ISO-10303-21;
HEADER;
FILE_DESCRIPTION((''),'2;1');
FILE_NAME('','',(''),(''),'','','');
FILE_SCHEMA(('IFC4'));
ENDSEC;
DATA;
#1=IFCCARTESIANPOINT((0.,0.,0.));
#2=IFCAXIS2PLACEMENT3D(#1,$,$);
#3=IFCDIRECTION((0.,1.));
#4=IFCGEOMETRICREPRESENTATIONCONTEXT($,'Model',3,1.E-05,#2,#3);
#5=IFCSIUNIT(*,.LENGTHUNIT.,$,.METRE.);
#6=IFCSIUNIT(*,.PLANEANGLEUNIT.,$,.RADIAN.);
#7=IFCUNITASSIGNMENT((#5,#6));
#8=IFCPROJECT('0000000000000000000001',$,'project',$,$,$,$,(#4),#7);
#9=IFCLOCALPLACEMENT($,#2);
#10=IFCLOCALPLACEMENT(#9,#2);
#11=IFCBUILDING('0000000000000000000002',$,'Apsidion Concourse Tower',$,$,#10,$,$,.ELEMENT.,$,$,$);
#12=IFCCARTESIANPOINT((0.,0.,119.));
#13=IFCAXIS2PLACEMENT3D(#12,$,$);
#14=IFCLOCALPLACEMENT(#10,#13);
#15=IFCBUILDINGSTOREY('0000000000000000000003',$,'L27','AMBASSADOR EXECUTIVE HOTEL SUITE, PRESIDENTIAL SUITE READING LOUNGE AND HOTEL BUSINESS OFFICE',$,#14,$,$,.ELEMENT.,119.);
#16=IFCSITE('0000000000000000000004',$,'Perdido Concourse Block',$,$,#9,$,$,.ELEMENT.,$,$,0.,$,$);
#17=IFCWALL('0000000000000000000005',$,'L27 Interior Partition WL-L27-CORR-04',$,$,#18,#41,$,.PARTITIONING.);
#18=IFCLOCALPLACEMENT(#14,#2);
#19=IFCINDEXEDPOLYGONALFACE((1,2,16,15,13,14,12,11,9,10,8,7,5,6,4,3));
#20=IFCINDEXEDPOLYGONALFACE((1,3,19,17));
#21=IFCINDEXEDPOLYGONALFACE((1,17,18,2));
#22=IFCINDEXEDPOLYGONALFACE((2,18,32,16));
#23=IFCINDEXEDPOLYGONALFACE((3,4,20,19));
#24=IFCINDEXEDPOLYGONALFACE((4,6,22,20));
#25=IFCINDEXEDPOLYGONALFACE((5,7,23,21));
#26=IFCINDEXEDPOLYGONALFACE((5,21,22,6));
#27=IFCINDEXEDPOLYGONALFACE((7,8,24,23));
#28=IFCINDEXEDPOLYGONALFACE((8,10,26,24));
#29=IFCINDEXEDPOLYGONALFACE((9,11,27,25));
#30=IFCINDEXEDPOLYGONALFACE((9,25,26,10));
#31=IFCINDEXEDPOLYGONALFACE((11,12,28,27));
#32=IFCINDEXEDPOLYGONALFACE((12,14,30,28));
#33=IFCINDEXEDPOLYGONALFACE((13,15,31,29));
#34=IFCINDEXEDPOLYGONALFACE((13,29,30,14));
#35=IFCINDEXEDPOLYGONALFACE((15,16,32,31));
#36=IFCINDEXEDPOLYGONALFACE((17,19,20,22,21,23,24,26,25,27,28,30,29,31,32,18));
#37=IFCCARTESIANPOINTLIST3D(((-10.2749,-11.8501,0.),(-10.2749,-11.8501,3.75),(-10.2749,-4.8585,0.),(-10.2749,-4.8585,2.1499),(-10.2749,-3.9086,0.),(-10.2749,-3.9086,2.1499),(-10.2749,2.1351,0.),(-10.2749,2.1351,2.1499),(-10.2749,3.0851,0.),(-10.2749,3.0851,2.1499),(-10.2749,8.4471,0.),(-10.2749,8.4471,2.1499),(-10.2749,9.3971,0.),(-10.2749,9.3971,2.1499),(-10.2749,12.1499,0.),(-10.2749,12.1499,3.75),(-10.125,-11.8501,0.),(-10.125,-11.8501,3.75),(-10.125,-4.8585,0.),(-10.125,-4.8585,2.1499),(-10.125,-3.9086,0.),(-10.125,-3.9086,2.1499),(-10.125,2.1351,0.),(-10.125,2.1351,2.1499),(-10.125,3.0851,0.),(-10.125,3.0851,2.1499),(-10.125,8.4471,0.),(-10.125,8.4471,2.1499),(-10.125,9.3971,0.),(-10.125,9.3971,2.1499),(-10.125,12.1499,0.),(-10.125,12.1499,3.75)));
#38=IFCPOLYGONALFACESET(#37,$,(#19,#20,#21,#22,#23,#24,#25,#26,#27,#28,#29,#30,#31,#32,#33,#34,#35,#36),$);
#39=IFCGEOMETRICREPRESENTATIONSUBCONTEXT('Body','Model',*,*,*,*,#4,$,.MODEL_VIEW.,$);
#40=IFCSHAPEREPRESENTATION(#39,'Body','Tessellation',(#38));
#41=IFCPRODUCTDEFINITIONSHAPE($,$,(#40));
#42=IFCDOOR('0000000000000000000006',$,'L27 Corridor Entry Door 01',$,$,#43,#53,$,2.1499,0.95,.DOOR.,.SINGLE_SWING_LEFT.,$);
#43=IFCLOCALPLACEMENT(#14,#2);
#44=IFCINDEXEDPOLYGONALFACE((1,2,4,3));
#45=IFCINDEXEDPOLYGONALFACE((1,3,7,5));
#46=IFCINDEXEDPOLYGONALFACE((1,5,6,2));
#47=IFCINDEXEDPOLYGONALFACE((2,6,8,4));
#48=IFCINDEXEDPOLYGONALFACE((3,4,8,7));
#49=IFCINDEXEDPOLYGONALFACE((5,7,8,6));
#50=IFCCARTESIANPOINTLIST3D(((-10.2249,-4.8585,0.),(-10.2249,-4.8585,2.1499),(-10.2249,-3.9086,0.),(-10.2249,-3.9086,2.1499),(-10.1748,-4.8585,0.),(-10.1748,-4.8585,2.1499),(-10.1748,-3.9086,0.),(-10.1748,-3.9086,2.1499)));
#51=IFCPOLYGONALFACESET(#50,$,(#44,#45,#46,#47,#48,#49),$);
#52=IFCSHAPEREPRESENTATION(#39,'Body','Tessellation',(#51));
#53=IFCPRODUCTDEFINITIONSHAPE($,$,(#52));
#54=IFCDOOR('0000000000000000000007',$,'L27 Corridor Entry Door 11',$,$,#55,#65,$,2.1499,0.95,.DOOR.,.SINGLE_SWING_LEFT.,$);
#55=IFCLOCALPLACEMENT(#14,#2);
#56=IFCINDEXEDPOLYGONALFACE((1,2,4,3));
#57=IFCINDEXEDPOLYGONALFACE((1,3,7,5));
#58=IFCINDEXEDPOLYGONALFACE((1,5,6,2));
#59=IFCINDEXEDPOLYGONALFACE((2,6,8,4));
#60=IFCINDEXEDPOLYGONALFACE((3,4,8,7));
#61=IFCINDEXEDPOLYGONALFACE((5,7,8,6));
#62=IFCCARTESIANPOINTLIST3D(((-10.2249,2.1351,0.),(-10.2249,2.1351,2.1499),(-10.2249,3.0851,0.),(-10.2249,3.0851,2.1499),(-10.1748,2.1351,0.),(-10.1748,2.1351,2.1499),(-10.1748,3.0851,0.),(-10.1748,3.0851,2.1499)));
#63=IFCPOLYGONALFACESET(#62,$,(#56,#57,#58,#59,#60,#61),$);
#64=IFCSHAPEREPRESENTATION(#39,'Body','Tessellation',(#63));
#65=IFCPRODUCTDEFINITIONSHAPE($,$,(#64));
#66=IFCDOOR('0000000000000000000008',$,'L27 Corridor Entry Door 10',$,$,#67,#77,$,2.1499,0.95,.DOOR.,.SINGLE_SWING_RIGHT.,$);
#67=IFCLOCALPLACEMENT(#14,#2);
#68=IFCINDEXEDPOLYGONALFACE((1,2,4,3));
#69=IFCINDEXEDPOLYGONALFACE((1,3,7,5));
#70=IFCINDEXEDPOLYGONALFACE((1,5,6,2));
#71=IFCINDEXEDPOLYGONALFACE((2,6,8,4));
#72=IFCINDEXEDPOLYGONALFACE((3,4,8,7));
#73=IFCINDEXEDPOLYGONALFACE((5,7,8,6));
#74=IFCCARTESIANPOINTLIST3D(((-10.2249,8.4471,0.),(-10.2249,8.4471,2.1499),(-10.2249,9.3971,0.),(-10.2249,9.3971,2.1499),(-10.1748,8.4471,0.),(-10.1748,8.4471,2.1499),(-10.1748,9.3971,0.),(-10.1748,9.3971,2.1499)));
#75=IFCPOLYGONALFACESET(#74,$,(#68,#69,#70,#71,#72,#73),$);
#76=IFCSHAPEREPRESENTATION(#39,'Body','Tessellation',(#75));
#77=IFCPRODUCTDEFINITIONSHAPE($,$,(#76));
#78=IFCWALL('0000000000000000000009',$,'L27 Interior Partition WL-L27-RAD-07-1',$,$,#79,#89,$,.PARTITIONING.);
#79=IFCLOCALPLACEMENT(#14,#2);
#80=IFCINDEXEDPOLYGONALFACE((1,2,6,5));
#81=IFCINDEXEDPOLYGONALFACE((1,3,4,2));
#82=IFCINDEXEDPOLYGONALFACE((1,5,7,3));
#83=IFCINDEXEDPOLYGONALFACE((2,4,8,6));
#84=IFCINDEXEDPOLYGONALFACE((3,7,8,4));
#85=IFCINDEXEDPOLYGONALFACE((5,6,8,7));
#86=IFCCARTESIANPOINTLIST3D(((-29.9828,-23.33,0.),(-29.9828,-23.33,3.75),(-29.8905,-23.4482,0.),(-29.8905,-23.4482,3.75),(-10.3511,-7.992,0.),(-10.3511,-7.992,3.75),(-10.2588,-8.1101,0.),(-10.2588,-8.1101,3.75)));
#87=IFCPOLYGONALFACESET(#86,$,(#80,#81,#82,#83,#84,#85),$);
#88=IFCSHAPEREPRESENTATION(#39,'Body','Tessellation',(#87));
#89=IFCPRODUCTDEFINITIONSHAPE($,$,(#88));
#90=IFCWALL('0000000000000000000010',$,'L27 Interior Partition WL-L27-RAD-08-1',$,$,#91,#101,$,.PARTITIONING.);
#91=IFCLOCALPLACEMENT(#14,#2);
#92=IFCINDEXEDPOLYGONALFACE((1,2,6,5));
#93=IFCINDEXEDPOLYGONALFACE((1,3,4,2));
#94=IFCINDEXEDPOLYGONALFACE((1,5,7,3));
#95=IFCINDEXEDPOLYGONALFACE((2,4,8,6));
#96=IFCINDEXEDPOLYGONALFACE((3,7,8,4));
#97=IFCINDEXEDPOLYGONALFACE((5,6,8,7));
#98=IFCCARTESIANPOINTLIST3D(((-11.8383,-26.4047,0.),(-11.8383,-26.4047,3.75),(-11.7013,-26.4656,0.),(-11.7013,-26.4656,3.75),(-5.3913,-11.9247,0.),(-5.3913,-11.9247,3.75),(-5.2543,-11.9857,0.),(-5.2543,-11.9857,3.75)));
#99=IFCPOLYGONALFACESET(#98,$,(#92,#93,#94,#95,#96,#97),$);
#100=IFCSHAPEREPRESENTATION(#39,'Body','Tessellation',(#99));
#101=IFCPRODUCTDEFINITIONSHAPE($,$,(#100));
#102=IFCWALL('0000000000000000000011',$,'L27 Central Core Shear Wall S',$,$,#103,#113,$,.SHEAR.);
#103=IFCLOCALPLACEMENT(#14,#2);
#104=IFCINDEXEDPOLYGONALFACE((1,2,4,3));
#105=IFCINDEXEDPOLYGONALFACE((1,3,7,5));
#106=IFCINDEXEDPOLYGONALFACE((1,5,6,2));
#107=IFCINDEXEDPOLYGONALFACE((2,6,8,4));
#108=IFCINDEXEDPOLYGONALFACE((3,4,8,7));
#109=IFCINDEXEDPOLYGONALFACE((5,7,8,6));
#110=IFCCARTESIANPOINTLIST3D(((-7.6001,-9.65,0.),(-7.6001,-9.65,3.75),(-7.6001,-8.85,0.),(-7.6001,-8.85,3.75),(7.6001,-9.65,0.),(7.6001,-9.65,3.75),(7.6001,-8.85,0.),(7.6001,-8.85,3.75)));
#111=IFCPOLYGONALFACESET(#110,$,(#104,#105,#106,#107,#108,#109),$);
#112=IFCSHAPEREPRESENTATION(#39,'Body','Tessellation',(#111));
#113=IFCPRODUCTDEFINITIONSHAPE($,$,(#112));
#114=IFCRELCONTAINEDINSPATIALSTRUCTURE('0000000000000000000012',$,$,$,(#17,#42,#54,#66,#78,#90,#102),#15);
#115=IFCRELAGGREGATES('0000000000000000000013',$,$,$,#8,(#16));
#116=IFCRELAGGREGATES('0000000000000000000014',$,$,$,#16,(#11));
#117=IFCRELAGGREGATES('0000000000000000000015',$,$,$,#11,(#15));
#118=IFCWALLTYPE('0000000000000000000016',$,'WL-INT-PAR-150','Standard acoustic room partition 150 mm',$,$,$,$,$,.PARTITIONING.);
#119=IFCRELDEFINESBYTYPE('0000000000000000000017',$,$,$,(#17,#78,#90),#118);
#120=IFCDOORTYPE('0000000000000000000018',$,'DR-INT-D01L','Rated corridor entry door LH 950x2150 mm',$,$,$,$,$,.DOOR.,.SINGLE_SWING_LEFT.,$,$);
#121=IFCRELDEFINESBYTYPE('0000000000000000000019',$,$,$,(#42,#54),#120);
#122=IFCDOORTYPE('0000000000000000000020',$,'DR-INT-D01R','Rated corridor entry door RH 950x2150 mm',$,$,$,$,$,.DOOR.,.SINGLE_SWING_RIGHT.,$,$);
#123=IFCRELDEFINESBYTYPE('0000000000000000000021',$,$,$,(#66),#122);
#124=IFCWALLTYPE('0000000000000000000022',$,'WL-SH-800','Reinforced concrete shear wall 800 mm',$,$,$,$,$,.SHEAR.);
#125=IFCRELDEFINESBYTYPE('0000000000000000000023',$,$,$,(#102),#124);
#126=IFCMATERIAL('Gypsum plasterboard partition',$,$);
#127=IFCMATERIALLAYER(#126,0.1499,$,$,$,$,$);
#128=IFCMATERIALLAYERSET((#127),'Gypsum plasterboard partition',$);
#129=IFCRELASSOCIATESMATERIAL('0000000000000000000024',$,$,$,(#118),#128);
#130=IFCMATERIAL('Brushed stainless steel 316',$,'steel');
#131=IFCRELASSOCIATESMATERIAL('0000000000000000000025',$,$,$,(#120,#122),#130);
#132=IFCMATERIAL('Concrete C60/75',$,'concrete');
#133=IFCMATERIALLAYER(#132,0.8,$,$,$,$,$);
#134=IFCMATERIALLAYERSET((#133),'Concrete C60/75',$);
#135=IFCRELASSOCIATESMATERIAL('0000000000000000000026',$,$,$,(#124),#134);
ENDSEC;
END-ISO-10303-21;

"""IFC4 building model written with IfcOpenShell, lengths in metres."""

from ifc_helpers import new_model, si_unit, direction, frame, frame_2d, origin, place, context, subcontext, project, spatial, rectangle, extrude, material, layer, layer_set, type_object, element, fill, save


model = new_model("IFC4")

# Units and contexts
model_context = context("Model", 3, precision=1e-05, world=origin(), true_north=direction((0.0, 1.0)))
body_context = subcontext(model_context, "Body", "Model", "MODEL_VIEW")
ifc_project = project(units=[si_unit("LENGTHUNIT", "METRE"), si_unit("PLANEANGLEUNIT", "RADIAN")], contexts=[model_context])

# Site, building, storey
site_placement = place(None, origin())
site = spatial("IfcSite", under=ifc_project, at=site_placement, Name="Perdido Concourse Block", CompositionType="ELEMENT", RefElevation=0.0)
building_placement = place(site_placement, origin())
building = spatial("IfcBuilding", under=site, at=building_placement, Name="Apsidion Concourse Tower", CompositionType="ELEMENT")
storey_placement = place(building_placement, frame((0.0, 0.0, 119.0)))
storey = spatial("IfcBuildingStorey", under=building, at=storey_placement, Name="L27", Description="AMBASSADOR EXECUTIVE HOTEL SUITE, PRESIDENTIAL SUITE READING LOUNGE AND HOTEL BUSINESS OFFICE", CompositionType="ELEMENT", Elevation=119.0)

# Shared definitions
ifc_material_1 = material(Name="Concrete C60/75", Category="concrete")

# Shared definitions
ifc_material_2 = material(Name="Gypsum plasterboard partition")
ifc_layer_1 = layer(ifc_material_2, 0.1499)
ifc_layer_set_1 = layer_set([ifc_layer_1], Name="Gypsum plasterboard partition")
wall_type_1 = type_object("IfcWallType", Name="WL-INT-PAR-150", Description="Standard acoustic room partition 150 mm", PredefinedType="PARTITIONING", material=ifc_layer_set_1)

# Wall, openings, doors
wall_1_placement = place(storey_placement, frame((-10.2, -11.8501, 0.0), z_axis=(0.0, 0.0, 1.0), x_axis=(0.0, 1.0, 0.0)))
wall_1 = element("IfcWall", 1, at=wall_1_placement, inside=storey, type_object=wall_type_1, Name="L27 Interior Partition WL-L27-CORR-04", PredefinedType="PARTITIONING", context=body_context, shape_type="SweptSolid", body=[
    extrude(rectangle(XDim=24.0, YDim=0.1499, at=frame_2d((12.0, 0.0))), origin(), (0.0, 0.0, 1.0), 3.75),
])
opening_1_placement = place(wall_1_placement, frame((6.9915, 0.0, 0.0)))
opening_1 = element("IfcOpeningElement", 2, at=opening_1_placement, cuts=wall_1, PredefinedType="OPENING", context=body_context, shape_type="SweptSolid", body=[
    extrude(rectangle(XDim=0.95, YDim=2.1499, at=frame_2d((0.4751, 1.075))), frame((0.0, 0.085, 0.0), z_axis=(0.0, -1.0, 0.0), x_axis=(1.0, 0.0, 0.0)), (0.0, 0.0, 1.0), 0.1699),
])
opening_2_placement = place(wall_1_placement, frame((20.2971, 0.0, 0.0)))
opening_2 = element("IfcOpeningElement", 3, at=opening_2_placement, cuts=wall_1, PredefinedType="OPENING", context=body_context, shape_type="SweptSolid", body=[
    extrude(rectangle(XDim=0.95, YDim=2.1499, at=frame_2d((0.4751, 1.075))), frame((0.0, 0.085, 0.0), z_axis=(0.0, -1.0, 0.0), x_axis=(1.0, 0.0, 0.0)), (0.0, 0.0, 1.0), 0.1699),
])
opening_3_placement = place(wall_1_placement, frame((13.9851, 0.0, 0.0)))
opening_3 = element("IfcOpeningElement", 4, at=opening_3_placement, cuts=wall_1, PredefinedType="OPENING", context=body_context, shape_type="SweptSolid", body=[
    extrude(rectangle(XDim=0.95, YDim=2.1499, at=frame_2d((0.4751, 1.075))), frame((0.0, 0.085, 0.0), z_axis=(0.0, -1.0, 0.0), x_axis=(1.0, 0.0, 0.0)), (0.0, 0.0, 1.0), 0.1699),
])
ifc_material_3 = material(Name="Brushed stainless steel 316", Category="steel")
door_type_1 = type_object("IfcDoorType", Name="DR-INT-D01L", Description="Rated corridor entry door LH 950x2150 mm", OperationType="SINGLE_SWING_LEFT", PredefinedType="DOOR", material=ifc_material_3)
door_1_placement = place(opening_1_placement, origin())
door_1 = element("IfcDoor", 5, at=door_1_placement, inside=storey, type_object=door_type_1, Name="L27 Corridor Entry Door 01", OperationType="SINGLE_SWING_LEFT", OverallHeight=2.1499, OverallWidth=0.95, PredefinedType="DOOR", context=body_context, shape_type="SweptSolid", body=[
    extrude(rectangle(XDim=0.95, YDim=2.1499, at=frame_2d((0.4751, 1.075))), frame((0.0, 0.0249, 0.0), z_axis=(0.0, -1.0, 0.0), x_axis=(1.0, 0.0, 0.0)), (0.0, 0.0, 1.0), 0.05),
])
fill(opening_1, door_1)
door_2_placement = place(opening_3_placement, origin())
door_2 = element("IfcDoor", 6, at=door_2_placement, inside=storey, type_object=door_type_1, Name="L27 Corridor Entry Door 11", OperationType="SINGLE_SWING_LEFT", OverallHeight=2.1499, OverallWidth=0.95, PredefinedType="DOOR", context=body_context, shape_type="SweptSolid", body=[
    extrude(rectangle(XDim=0.95, YDim=2.1499, at=frame_2d((0.4751, 1.075))), frame((0.0, 0.0249, 0.0), z_axis=(0.0, -1.0, 0.0), x_axis=(1.0, 0.0, 0.0)), (0.0, 0.0, 1.0), 0.05),
])
fill(opening_3, door_2)
door_type_2 = type_object("IfcDoorType", Name="DR-INT-D01R", Description="Rated corridor entry door RH 950x2150 mm", OperationType="SINGLE_SWING_RIGHT", PredefinedType="DOOR", material=ifc_material_3)
door_3_placement = place(opening_2_placement, origin())
door_3 = element("IfcDoor", 7, at=door_3_placement, inside=storey, type_object=door_type_2, Name="L27 Corridor Entry Door 10", OperationType="SINGLE_SWING_RIGHT", OverallHeight=2.1499, OverallWidth=0.95, PredefinedType="DOOR", context=body_context, shape_type="SweptSolid", body=[
    extrude(rectangle(XDim=0.95, YDim=2.1499, at=frame_2d((0.4751, 1.075))), frame((0.0, 0.0249, 0.0), z_axis=(0.0, -1.0, 0.0), x_axis=(1.0, 0.0, 0.0)), (0.0, 0.0, 1.0), 0.05),
])
fill(opening_2, door_3)

# Walls
wall_2_placement = place(storey_placement, frame((-10.3049, -8.051, 0.0), z_axis=(0.0, 0.0, 1.0), x_axis=(-0.78801, -0.615663, 0.0)))
element("IfcWall", 8, at=wall_2_placement, inside=storey, type_object=wall_type_1, Name="L27 Interior Partition WL-L27-RAD-07-1", PredefinedType="PARTITIONING", context=body_context, shape_type="SweptSolid", body=[
    extrude(rectangle(XDim=24.9131, YDim=0.1499, at=frame_2d((12.4565, 0.0))), origin(), (0.0, 0.0, 1.0), 3.75),
])
wall_3_placement = place(storey_placement, frame((-5.3228, -11.9551, 0.0), z_axis=(0.0, 0.0, 1.0), x_axis=(-0.406743, -0.913543, 0.0)))
element("IfcWall", 9, at=wall_3_placement, inside=storey, type_object=wall_type_1, Name="L27 Interior Partition WL-L27-RAD-08-1", PredefinedType="PARTITIONING", context=body_context, shape_type="SweptSolid", body=[
    extrude(rectangle(XDim=15.8503, YDim=0.1499, at=frame_2d((7.9253, 0.0))), origin(), (0.0, 0.0, 1.0), 3.75),
])

# Shared definitions
ifc_layer_2 = layer(ifc_material_1, 0.8)
ifc_layer_set_2 = layer_set([ifc_layer_2], Name="Concrete C60/75")
wall_type_2 = type_object("IfcWallType", Name="WL-SH-800", Description="Reinforced concrete shear wall 800 mm", PredefinedType="SHEAR", material=ifc_layer_set_2)

# Wall
wall_4_placement = place(storey_placement, frame((-7.6001, -9.25, 0.0), z_axis=(0.0, 0.0, 1.0), x_axis=(1.0, 0.0, 0.0)))
element("IfcWall", 10, at=wall_4_placement, inside=storey, type_object=wall_type_2, Name="L27 Central Core Shear Wall S", PredefinedType="SHEAR", context=body_context, shape_type="SweptSolid", body=[
    extrude(rectangle(XDim=15.2002, YDim=0.8, at=frame_2d((7.6001, 0.0))), origin(), (0.0, 0.0, 1.0), 3.75),
])

save(model, "model.ifc")
